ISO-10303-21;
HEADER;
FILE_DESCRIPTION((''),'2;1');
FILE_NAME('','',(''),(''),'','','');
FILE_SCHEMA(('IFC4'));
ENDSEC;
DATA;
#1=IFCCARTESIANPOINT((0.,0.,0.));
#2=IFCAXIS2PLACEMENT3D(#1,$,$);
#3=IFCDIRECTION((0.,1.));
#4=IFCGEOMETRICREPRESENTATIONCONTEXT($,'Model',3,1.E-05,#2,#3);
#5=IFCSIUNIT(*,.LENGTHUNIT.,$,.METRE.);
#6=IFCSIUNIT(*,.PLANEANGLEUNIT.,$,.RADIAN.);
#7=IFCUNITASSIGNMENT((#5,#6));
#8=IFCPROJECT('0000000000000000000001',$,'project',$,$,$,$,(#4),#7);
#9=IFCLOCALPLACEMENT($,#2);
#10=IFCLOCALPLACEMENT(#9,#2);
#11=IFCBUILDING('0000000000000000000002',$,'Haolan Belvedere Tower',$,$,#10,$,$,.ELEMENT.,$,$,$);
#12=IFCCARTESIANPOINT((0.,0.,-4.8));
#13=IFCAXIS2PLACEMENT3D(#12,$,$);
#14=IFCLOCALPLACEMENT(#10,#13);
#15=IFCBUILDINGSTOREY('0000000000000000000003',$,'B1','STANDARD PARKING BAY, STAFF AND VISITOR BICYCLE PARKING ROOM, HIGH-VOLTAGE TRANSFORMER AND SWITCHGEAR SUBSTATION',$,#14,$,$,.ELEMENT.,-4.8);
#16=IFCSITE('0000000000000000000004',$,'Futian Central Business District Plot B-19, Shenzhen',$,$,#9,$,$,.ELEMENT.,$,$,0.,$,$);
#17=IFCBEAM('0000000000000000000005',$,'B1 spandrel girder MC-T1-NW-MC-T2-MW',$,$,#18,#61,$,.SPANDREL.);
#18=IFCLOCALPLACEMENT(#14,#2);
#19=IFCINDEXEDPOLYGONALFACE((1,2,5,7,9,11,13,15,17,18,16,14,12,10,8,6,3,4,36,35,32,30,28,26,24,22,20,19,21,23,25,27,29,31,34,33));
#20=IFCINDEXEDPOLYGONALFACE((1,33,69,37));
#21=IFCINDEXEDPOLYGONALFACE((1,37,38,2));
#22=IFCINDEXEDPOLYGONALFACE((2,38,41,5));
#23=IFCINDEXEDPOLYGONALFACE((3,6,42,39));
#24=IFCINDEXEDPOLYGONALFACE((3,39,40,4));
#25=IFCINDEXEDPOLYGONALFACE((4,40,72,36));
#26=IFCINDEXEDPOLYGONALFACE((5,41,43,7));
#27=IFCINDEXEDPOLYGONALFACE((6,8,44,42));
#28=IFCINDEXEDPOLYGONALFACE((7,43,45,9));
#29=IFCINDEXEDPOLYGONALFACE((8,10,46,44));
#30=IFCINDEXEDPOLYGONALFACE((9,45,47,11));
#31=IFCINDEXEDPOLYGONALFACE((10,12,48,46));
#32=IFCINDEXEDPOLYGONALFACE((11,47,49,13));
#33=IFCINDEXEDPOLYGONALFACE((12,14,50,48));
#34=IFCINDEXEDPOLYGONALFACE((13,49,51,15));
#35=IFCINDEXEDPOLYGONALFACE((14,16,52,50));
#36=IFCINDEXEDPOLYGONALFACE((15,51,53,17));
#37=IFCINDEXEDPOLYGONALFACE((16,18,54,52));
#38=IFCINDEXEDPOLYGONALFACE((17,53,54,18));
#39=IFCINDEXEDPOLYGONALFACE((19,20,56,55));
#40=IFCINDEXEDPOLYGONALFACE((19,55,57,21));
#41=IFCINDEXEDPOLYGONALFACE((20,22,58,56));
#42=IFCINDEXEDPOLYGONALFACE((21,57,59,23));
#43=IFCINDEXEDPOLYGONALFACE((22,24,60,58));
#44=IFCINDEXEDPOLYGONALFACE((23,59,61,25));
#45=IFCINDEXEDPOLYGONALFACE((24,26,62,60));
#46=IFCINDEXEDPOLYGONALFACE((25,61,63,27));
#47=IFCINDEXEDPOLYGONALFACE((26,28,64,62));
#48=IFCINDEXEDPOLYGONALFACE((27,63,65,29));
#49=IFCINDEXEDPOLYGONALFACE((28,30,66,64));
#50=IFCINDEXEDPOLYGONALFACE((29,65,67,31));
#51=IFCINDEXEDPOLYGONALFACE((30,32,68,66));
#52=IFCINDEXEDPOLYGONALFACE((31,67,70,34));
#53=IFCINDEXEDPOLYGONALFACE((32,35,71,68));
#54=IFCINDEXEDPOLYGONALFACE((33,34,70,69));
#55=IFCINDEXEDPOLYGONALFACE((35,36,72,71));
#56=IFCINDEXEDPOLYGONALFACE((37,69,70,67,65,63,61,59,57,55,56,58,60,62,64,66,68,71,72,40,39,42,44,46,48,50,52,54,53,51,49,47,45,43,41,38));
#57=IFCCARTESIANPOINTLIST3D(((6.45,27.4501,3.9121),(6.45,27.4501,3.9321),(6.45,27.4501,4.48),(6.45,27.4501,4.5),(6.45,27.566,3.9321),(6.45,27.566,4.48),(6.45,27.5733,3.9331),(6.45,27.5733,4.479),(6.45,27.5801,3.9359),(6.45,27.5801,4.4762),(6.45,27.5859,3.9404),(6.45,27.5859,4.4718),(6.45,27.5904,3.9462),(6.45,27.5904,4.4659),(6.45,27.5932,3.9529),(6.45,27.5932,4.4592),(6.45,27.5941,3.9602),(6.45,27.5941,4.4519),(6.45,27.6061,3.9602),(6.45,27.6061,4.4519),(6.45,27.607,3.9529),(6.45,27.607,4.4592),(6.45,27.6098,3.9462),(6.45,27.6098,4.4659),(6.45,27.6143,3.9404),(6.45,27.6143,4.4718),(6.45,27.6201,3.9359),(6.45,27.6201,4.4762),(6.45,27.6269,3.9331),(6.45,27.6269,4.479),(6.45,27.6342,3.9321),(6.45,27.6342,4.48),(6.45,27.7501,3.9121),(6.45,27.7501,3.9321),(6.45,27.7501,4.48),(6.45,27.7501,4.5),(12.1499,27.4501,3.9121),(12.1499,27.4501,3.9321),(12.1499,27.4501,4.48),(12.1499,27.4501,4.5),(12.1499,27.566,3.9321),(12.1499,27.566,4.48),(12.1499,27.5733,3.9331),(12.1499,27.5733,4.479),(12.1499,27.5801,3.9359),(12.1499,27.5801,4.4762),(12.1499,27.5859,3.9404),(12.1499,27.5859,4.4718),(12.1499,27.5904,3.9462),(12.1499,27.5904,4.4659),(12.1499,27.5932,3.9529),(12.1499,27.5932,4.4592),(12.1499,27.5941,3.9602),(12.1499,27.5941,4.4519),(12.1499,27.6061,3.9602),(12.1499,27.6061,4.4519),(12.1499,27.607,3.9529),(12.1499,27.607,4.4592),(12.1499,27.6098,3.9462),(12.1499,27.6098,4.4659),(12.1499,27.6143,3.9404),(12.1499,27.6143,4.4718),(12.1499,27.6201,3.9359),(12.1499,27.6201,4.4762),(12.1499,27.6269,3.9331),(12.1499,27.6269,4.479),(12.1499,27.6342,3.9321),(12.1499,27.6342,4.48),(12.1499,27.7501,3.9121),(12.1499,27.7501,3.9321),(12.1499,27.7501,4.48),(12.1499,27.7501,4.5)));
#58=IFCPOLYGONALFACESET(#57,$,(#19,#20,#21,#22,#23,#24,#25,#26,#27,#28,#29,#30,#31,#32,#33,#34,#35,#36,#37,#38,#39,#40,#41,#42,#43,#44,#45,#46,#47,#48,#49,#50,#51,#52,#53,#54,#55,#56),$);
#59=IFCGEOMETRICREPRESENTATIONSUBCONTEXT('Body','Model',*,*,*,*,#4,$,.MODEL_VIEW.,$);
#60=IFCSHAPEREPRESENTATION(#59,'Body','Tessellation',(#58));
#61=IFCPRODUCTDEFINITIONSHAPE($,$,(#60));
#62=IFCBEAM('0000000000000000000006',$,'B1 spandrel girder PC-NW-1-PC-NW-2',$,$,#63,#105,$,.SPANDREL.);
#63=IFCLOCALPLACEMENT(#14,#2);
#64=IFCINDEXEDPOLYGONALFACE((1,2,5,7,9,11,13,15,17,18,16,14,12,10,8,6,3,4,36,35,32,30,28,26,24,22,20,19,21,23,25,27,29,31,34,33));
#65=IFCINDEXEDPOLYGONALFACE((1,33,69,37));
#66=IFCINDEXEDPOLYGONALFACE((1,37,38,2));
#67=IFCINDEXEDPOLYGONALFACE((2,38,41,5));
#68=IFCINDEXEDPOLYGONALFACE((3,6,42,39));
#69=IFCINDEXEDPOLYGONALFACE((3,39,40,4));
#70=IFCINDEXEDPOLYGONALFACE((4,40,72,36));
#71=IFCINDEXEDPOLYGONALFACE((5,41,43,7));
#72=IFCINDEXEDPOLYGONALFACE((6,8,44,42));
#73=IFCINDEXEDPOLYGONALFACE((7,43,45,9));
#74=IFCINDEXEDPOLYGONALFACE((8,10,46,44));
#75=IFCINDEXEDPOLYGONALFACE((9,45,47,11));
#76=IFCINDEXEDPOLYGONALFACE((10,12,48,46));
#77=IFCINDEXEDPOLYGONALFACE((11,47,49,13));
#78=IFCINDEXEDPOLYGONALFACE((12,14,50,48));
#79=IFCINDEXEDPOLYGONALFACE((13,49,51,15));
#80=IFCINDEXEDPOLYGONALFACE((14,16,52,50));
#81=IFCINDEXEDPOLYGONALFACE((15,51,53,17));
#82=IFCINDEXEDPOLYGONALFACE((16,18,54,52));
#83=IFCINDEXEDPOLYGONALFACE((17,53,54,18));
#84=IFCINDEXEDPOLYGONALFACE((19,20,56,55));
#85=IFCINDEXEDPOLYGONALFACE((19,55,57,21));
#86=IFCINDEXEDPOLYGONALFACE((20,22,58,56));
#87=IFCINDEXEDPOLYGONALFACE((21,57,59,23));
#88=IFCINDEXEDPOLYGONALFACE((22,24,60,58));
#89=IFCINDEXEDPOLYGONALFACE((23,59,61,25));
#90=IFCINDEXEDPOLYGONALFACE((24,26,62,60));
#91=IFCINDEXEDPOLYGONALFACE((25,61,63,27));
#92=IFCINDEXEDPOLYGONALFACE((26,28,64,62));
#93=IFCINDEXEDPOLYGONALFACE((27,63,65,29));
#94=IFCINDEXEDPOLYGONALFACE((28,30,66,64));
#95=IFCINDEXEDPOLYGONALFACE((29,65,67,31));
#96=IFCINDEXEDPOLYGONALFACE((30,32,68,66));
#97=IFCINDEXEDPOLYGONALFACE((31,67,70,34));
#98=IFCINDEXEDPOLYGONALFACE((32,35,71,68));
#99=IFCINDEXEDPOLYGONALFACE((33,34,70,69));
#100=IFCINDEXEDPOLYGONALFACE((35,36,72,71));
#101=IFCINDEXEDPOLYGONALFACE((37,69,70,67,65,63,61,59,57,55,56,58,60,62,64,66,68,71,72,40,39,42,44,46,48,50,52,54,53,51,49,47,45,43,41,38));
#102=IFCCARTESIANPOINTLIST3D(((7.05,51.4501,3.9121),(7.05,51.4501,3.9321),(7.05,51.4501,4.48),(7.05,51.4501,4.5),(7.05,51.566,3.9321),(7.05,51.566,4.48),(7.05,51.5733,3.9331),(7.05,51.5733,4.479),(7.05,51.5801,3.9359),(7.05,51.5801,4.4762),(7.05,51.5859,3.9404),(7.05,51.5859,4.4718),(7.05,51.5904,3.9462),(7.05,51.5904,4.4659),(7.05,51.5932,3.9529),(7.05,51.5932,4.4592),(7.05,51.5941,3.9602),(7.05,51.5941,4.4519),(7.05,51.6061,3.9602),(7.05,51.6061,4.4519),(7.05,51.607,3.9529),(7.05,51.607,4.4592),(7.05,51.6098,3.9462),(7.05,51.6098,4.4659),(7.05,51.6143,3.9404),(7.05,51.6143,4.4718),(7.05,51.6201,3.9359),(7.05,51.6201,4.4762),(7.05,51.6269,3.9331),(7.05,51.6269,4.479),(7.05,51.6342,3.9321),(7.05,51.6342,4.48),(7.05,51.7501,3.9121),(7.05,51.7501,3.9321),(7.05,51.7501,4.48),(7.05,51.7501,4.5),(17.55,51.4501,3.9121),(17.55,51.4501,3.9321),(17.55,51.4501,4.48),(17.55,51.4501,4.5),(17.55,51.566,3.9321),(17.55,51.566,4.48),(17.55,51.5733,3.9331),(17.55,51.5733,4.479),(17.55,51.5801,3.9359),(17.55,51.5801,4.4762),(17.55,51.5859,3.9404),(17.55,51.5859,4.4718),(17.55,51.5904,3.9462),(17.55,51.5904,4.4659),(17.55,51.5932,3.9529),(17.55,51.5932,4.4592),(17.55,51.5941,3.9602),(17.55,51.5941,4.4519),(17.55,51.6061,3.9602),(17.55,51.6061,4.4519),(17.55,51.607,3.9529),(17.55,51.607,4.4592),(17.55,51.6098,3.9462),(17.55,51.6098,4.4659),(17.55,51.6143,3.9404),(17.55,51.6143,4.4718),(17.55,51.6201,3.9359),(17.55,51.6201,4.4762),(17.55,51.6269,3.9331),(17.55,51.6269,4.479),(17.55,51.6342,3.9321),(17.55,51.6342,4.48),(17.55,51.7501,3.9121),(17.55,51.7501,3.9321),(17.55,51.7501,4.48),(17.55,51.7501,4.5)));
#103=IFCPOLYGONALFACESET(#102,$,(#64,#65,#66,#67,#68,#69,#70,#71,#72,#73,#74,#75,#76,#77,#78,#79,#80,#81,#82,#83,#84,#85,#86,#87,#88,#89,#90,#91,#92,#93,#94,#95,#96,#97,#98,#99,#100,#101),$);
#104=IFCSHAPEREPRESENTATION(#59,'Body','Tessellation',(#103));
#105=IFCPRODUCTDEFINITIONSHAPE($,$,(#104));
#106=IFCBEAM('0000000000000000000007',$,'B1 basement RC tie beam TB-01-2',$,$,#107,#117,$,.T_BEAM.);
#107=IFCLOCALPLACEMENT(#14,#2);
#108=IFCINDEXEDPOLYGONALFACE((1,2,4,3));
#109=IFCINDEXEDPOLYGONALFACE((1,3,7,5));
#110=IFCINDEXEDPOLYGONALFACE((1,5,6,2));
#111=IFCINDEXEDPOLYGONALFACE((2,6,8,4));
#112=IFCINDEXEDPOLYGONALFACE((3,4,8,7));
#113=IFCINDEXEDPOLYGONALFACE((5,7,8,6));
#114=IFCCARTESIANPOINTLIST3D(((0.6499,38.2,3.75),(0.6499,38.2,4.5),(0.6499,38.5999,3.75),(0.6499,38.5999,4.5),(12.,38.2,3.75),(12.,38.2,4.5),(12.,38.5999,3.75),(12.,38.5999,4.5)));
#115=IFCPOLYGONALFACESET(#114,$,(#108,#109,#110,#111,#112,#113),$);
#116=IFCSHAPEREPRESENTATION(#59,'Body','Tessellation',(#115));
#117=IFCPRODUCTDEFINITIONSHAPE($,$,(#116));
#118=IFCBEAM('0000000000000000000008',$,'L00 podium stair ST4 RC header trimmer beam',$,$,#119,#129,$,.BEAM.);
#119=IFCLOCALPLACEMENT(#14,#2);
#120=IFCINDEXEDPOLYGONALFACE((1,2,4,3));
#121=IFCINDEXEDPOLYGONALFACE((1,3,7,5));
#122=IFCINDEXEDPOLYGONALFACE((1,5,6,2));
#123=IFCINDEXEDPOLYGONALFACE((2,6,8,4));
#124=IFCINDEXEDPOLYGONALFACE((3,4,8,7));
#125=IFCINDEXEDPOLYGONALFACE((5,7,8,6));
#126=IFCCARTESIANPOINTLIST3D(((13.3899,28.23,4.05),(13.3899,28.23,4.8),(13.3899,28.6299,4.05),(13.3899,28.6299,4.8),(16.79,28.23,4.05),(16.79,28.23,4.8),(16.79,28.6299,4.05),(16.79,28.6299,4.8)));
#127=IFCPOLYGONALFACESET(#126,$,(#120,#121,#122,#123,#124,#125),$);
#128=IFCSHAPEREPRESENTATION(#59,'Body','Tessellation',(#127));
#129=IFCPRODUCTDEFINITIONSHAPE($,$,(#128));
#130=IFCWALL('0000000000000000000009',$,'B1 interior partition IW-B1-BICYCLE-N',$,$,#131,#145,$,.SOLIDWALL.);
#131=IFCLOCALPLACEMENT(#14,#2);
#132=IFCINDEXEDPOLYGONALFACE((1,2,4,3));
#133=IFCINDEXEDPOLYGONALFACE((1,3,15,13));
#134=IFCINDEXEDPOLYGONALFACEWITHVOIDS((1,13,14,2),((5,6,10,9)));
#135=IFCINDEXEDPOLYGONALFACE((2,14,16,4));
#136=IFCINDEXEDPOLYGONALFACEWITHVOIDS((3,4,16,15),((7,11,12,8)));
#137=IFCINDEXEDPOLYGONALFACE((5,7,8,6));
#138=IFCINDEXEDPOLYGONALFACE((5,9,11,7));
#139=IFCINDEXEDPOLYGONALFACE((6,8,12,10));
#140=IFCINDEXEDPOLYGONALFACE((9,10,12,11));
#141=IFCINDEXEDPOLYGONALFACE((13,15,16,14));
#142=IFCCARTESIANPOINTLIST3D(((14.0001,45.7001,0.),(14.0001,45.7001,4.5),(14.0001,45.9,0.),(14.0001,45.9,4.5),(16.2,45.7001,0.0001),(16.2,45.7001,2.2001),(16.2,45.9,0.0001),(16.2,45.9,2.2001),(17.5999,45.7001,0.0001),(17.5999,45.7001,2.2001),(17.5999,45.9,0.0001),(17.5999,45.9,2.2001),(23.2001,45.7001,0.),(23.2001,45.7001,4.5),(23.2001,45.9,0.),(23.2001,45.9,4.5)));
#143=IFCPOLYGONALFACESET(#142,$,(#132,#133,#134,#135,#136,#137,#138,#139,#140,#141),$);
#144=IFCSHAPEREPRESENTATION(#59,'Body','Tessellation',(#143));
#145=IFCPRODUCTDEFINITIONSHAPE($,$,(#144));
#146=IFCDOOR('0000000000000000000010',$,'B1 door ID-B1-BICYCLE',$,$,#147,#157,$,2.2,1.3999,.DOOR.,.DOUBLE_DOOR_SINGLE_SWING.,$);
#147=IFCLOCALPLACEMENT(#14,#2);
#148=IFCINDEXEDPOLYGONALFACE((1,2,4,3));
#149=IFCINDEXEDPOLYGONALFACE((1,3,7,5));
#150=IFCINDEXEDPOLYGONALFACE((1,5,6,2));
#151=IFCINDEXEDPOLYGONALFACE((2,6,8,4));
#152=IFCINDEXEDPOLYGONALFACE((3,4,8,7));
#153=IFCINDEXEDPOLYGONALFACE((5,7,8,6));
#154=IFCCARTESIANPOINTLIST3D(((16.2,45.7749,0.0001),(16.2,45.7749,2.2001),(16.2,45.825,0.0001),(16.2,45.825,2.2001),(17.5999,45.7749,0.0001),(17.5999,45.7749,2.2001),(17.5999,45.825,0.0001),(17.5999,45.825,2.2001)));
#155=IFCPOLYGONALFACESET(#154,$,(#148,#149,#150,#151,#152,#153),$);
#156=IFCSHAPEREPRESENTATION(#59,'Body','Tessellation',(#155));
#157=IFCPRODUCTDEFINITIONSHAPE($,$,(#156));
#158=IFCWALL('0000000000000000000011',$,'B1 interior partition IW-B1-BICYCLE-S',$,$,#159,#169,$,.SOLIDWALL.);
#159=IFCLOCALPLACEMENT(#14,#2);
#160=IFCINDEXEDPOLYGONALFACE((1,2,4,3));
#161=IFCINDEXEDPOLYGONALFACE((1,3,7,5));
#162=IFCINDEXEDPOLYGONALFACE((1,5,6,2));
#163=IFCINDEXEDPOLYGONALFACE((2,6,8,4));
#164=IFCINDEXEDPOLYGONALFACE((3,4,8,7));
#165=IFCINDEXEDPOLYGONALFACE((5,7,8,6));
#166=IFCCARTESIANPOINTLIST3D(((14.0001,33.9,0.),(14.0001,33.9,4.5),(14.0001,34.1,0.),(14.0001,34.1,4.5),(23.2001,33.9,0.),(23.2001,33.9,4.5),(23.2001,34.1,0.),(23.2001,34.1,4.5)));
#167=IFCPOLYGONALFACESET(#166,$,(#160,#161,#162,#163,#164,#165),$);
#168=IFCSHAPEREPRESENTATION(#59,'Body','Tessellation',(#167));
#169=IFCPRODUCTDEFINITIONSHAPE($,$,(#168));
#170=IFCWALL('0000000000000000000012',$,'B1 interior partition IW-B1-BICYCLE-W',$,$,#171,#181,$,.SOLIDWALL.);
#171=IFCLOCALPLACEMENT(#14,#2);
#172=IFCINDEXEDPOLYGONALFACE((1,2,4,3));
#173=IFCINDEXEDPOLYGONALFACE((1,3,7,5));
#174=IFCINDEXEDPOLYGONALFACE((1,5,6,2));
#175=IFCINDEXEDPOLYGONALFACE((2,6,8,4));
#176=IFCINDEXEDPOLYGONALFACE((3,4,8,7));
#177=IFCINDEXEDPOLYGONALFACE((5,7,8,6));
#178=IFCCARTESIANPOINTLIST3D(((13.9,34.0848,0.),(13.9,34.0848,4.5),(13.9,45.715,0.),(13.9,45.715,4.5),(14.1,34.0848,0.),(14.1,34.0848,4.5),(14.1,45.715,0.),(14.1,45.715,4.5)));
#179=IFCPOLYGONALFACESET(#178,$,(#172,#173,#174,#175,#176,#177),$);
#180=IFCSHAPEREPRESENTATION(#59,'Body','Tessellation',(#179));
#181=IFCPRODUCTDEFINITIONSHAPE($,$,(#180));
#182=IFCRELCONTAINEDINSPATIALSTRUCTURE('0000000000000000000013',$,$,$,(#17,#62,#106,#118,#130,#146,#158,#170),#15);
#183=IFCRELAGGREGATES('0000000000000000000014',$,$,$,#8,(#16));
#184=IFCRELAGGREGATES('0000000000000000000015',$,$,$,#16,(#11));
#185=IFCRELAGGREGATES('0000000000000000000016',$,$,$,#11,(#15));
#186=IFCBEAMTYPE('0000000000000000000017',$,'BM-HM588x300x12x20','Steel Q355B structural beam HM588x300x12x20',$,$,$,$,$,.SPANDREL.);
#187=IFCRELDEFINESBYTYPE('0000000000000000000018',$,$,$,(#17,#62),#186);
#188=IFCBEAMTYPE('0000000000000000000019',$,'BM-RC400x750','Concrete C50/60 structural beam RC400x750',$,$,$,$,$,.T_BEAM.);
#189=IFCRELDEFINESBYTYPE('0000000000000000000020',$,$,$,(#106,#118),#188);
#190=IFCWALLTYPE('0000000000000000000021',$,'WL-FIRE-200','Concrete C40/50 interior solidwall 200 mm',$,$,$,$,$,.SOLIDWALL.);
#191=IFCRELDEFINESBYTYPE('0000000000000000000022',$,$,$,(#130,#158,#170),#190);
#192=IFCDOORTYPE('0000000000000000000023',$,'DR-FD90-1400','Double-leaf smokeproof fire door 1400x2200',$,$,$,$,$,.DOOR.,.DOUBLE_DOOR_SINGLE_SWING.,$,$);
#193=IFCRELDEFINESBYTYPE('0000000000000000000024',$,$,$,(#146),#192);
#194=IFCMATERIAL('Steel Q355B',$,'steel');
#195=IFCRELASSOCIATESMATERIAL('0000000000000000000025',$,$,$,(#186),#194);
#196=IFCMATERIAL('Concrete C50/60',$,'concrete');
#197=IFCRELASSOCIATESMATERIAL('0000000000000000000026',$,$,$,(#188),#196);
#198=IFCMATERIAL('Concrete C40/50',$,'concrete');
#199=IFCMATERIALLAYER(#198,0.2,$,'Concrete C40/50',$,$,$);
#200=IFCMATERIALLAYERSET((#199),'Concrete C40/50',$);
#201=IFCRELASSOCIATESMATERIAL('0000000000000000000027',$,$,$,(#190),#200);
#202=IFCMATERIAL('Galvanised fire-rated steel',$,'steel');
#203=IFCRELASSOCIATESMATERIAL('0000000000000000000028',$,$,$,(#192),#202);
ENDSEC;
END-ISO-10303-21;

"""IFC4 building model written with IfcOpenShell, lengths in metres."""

from ifc_helpers import new_model, si_unit, direction, frame, frame_2d, origin, origin_2d, place, context, subcontext, project, spatial, rectangle, i_section, extrude, material, layer, layer_set, material_profile, profile_set, type_object, element, fill, save


model = new_model("IFC4")

# Units and contexts
model_context = context("Model", 3, precision=1e-05, world=origin(), true_north=direction((0.0, 1.0)))
body_context = subcontext(model_context, "Body", "Model", "MODEL_VIEW")
ifc_project = project(units=[si_unit("LENGTHUNIT", "METRE"), si_unit("PLANEANGLEUNIT", "RADIAN")], contexts=[model_context])

# Site, building, storey
site_placement = place(None, origin())
site = spatial("IfcSite", under=ifc_project, at=site_placement, Name="Futian Central Business District Plot B-19, Shenzhen", CompositionType="ELEMENT", RefElevation=0.0)
building_placement = place(site_placement, origin())
building = spatial("IfcBuilding", under=site, at=building_placement, Name="Haolan Belvedere Tower", CompositionType="ELEMENT")
storey_placement = place(building_placement, frame((0.0, 0.0, -4.8)))
storey = spatial("IfcBuildingStorey", under=building, at=storey_placement, Name="B1", Description="STANDARD PARKING BAY, STAFF AND VISITOR BICYCLE PARKING ROOM, HIGH-VOLTAGE TRANSFORMER AND SWITCHGEAR SUBSTATION", CompositionType="ELEMENT", Elevation=-4.8)

# Shared definitions
ifc_material_1 = material(Name="Steel Q355B", Category="steel")
ifc_material_2 = material(Name="Concrete C50/60", Category="concrete")

# Beams
ifc_material_profile_1 = material_profile(ifc_material_1, i_section(OverallWidth=0.3, OverallDepth=0.5879, WebThickness=0.012, FlangeThickness=0.02, FilletRadius=0.0281, at=origin_2d()), Name="Steel Q355B")
ifc_profile_set_1 = profile_set([ifc_material_profile_1], Name="Steel Q355B")
beam_type_1 = type_object("IfcBeamType", Name="BM-HM588x300x12x20", Description="Steel Q355B structural beam HM588x300x12x20", PredefinedType="SPANDREL", material=ifc_profile_set_1)
beam_1_placement = place(storey_placement, frame((6.45, 27.6001, 4.2061), z_axis=(1.0, 0.0, 0.0), x_axis=(0.0, 1.0, 0.0)))
element("IfcBeam", 1, at=beam_1_placement, inside=storey, type_object=beam_type_1, Name="B1 spandrel girder MC-T1-NW-MC-T2-MW", PredefinedType="SPANDREL", context=body_context, shape_type="SweptSolid", body=[
    extrude(i_section(OverallWidth=0.3, OverallDepth=0.5879, WebThickness=0.012, FlangeThickness=0.02, FilletRadius=0.0281, at=origin_2d()), origin(), (0.0, 0.0, 1.0), 5.7),
])
beam_2_placement = place(storey_placement, frame((7.05, 51.6001, 4.2061), z_axis=(1.0, 0.0, 0.0), x_axis=(0.0, 1.0, 0.0)))
element("IfcBeam", 2, at=beam_2_placement, inside=storey, type_object=beam_type_1, Name="B1 spandrel girder PC-NW-1-PC-NW-2", PredefinedType="SPANDREL", context=body_context, shape_type="SweptSolid", body=[
    extrude(i_section(OverallWidth=0.3, OverallDepth=0.5879, WebThickness=0.012, FlangeThickness=0.02, FilletRadius=0.0281, at=origin_2d()), origin(), (0.0, 0.0, 1.0), 10.5),
])
ifc_material_profile_2 = material_profile(ifc_material_2, rectangle(XDim=0.3999, YDim=0.75, at=origin_2d()), Name="Concrete C50/60")
ifc_profile_set_2 = profile_set([ifc_material_profile_2], Name="Concrete C50/60")
beam_type_2 = type_object("IfcBeamType", Name="BM-RC400x750", Description="Concrete C50/60 structural beam RC400x750", PredefinedType="T_BEAM", material=ifc_profile_set_2)
beam_3_placement = place(storey_placement, frame((0.6499, 38.3999, 4.125), z_axis=(1.0, 0.0, 0.0), x_axis=(0.0, 1.0, 0.0)))
element("IfcBeam", 3, at=beam_3_placement, inside=storey, type_object=beam_type_2, Name="B1 basement RC tie beam TB-01-2", PredefinedType="T_BEAM", context=body_context, shape_type="SweptSolid", body=[
    extrude(rectangle(XDim=0.3999, YDim=0.75, at=origin_2d()), origin(), (0.0, 0.0, 1.0), 11.3501),
])
beam_4_placement = place(storey_placement, frame((13.3899, 28.4299, 4.425), z_axis=(1.0, 0.0, 0.0), x_axis=(0.0, 1.0, 0.0)))
element("IfcBeam", 4, at=beam_4_placement, inside=storey, type_object=beam_type_2, Name="L00 podium stair ST4 RC header trimmer beam", PredefinedType="BEAM", context=body_context, shape_type="SweptSolid", body=[
    extrude(rectangle(XDim=0.3999, YDim=0.75, at=origin_2d()), origin(), (0.0, 0.0, 1.0), 3.4001),
])

# Wall, opening, door
ifc_material_3 = material(Name="Concrete C40/50", Category="concrete")
ifc_layer_1 = layer(ifc_material_3, 0.2, Name="Concrete C40/50")
ifc_layer_set_1 = layer_set([ifc_layer_1], Name="Concrete C40/50")
wall_type_1 = type_object("IfcWallType", Name="WL-FIRE-200", Description="Concrete C40/50 interior solidwall 200 mm", PredefinedType="SOLIDWALL", material=ifc_layer_set_1)
wall_1_placement = place(storey_placement, frame((14.0, 45.8, 0.0), z_axis=(0.0, 0.0, 1.0), x_axis=(1.0, 0.0, 0.0)))
wall_1 = element("IfcWall", 5, at=wall_1_placement, inside=storey, type_object=wall_type_1, Name="B1 interior partition IW-B1-BICYCLE-N", PredefinedType="SOLIDWALL", context=body_context, shape_type="SweptSolid", body=[
    extrude(rectangle(XDim=9.2, YDim=0.2, at=frame_2d((4.6001, 0.0))), origin(), (0.0, 0.0, 1.0), 4.5),
])
opening_1_placement = place(wall_1_placement, frame((2.2, 0.0, 0.0)))
opening_1 = element("IfcOpeningElement", 6, at=opening_1_placement, cuts=wall_1, PredefinedType="OPENING", context=body_context, shape_type="SweptSolid", body=[
    extrude(rectangle(XDim=1.3999, YDim=2.2, at=frame_2d((0.7, 1.1001))), frame((0.0, 0.1099, 0.0), z_axis=(0.0, -1.0, 0.0), x_axis=(1.0, 0.0, 0.0)), (0.0, 0.0, 1.0), 0.22),
])
ifc_material_4 = material(Name="Galvanised fire-rated steel", Category="steel")
door_type_1 = type_object("IfcDoorType", Name="DR-FD90-1400", Description="Double-leaf smokeproof fire door 1400x2200", OperationType="DOUBLE_DOOR_SINGLE_SWING", PredefinedType="DOOR", material=ifc_material_4)
door_1_placement = place(opening_1_placement, origin())
door_1 = element("IfcDoor", 7, at=door_1_placement, inside=storey, type_object=door_type_1, Name="B1 door ID-B1-BICYCLE", OperationType="DOUBLE_DOOR_SINGLE_SWING", OverallHeight=2.2, OverallWidth=1.3999, PredefinedType="DOOR", context=body_context, shape_type="SweptSolid", body=[
    extrude(rectangle(XDim=1.3999, YDim=2.2, at=frame_2d((0.7, 1.1001))), frame((0.0, 0.0249, 0.0), z_axis=(0.0, -1.0, 0.0), x_axis=(1.0, 0.0, 0.0)), (0.0, 0.0, 1.0), 0.05),
])
fill(opening_1, door_1)

# Walls
wall_2_placement = place(storey_placement, frame((14.0, 34.0, 0.0), z_axis=(0.0, 0.0, 1.0), x_axis=(1.0, 0.0, 0.0)))
element("IfcWall", 8, at=wall_2_placement, inside=storey, type_object=wall_type_1, Name="B1 interior partition IW-B1-BICYCLE-S", PredefinedType="SOLIDWALL", context=body_context, shape_type="SweptSolid", body=[
    extrude(rectangle(XDim=9.2, YDim=0.2, at=frame_2d((4.6001, 0.0))), origin(), (0.0, 0.0, 1.0), 4.5),
])
wall_3_placement = place(storey_placement, frame((14.0, 34.085, 0.0), z_axis=(0.0, 0.0, 1.0), x_axis=(0.0, 1.0, 0.0)))
element("IfcWall", 9, at=wall_3_placement, inside=storey, type_object=wall_type_1, Name="B1 interior partition IW-B1-BICYCLE-W", PredefinedType="SOLIDWALL", context=body_context, shape_type="SweptSolid", body=[
    extrude(rectangle(XDim=11.6301, YDim=0.2, at=frame_2d((5.8149, 0.0))), origin(), (0.0, 0.0, 1.0), 4.5),
])

save(model, "model.ifc")
